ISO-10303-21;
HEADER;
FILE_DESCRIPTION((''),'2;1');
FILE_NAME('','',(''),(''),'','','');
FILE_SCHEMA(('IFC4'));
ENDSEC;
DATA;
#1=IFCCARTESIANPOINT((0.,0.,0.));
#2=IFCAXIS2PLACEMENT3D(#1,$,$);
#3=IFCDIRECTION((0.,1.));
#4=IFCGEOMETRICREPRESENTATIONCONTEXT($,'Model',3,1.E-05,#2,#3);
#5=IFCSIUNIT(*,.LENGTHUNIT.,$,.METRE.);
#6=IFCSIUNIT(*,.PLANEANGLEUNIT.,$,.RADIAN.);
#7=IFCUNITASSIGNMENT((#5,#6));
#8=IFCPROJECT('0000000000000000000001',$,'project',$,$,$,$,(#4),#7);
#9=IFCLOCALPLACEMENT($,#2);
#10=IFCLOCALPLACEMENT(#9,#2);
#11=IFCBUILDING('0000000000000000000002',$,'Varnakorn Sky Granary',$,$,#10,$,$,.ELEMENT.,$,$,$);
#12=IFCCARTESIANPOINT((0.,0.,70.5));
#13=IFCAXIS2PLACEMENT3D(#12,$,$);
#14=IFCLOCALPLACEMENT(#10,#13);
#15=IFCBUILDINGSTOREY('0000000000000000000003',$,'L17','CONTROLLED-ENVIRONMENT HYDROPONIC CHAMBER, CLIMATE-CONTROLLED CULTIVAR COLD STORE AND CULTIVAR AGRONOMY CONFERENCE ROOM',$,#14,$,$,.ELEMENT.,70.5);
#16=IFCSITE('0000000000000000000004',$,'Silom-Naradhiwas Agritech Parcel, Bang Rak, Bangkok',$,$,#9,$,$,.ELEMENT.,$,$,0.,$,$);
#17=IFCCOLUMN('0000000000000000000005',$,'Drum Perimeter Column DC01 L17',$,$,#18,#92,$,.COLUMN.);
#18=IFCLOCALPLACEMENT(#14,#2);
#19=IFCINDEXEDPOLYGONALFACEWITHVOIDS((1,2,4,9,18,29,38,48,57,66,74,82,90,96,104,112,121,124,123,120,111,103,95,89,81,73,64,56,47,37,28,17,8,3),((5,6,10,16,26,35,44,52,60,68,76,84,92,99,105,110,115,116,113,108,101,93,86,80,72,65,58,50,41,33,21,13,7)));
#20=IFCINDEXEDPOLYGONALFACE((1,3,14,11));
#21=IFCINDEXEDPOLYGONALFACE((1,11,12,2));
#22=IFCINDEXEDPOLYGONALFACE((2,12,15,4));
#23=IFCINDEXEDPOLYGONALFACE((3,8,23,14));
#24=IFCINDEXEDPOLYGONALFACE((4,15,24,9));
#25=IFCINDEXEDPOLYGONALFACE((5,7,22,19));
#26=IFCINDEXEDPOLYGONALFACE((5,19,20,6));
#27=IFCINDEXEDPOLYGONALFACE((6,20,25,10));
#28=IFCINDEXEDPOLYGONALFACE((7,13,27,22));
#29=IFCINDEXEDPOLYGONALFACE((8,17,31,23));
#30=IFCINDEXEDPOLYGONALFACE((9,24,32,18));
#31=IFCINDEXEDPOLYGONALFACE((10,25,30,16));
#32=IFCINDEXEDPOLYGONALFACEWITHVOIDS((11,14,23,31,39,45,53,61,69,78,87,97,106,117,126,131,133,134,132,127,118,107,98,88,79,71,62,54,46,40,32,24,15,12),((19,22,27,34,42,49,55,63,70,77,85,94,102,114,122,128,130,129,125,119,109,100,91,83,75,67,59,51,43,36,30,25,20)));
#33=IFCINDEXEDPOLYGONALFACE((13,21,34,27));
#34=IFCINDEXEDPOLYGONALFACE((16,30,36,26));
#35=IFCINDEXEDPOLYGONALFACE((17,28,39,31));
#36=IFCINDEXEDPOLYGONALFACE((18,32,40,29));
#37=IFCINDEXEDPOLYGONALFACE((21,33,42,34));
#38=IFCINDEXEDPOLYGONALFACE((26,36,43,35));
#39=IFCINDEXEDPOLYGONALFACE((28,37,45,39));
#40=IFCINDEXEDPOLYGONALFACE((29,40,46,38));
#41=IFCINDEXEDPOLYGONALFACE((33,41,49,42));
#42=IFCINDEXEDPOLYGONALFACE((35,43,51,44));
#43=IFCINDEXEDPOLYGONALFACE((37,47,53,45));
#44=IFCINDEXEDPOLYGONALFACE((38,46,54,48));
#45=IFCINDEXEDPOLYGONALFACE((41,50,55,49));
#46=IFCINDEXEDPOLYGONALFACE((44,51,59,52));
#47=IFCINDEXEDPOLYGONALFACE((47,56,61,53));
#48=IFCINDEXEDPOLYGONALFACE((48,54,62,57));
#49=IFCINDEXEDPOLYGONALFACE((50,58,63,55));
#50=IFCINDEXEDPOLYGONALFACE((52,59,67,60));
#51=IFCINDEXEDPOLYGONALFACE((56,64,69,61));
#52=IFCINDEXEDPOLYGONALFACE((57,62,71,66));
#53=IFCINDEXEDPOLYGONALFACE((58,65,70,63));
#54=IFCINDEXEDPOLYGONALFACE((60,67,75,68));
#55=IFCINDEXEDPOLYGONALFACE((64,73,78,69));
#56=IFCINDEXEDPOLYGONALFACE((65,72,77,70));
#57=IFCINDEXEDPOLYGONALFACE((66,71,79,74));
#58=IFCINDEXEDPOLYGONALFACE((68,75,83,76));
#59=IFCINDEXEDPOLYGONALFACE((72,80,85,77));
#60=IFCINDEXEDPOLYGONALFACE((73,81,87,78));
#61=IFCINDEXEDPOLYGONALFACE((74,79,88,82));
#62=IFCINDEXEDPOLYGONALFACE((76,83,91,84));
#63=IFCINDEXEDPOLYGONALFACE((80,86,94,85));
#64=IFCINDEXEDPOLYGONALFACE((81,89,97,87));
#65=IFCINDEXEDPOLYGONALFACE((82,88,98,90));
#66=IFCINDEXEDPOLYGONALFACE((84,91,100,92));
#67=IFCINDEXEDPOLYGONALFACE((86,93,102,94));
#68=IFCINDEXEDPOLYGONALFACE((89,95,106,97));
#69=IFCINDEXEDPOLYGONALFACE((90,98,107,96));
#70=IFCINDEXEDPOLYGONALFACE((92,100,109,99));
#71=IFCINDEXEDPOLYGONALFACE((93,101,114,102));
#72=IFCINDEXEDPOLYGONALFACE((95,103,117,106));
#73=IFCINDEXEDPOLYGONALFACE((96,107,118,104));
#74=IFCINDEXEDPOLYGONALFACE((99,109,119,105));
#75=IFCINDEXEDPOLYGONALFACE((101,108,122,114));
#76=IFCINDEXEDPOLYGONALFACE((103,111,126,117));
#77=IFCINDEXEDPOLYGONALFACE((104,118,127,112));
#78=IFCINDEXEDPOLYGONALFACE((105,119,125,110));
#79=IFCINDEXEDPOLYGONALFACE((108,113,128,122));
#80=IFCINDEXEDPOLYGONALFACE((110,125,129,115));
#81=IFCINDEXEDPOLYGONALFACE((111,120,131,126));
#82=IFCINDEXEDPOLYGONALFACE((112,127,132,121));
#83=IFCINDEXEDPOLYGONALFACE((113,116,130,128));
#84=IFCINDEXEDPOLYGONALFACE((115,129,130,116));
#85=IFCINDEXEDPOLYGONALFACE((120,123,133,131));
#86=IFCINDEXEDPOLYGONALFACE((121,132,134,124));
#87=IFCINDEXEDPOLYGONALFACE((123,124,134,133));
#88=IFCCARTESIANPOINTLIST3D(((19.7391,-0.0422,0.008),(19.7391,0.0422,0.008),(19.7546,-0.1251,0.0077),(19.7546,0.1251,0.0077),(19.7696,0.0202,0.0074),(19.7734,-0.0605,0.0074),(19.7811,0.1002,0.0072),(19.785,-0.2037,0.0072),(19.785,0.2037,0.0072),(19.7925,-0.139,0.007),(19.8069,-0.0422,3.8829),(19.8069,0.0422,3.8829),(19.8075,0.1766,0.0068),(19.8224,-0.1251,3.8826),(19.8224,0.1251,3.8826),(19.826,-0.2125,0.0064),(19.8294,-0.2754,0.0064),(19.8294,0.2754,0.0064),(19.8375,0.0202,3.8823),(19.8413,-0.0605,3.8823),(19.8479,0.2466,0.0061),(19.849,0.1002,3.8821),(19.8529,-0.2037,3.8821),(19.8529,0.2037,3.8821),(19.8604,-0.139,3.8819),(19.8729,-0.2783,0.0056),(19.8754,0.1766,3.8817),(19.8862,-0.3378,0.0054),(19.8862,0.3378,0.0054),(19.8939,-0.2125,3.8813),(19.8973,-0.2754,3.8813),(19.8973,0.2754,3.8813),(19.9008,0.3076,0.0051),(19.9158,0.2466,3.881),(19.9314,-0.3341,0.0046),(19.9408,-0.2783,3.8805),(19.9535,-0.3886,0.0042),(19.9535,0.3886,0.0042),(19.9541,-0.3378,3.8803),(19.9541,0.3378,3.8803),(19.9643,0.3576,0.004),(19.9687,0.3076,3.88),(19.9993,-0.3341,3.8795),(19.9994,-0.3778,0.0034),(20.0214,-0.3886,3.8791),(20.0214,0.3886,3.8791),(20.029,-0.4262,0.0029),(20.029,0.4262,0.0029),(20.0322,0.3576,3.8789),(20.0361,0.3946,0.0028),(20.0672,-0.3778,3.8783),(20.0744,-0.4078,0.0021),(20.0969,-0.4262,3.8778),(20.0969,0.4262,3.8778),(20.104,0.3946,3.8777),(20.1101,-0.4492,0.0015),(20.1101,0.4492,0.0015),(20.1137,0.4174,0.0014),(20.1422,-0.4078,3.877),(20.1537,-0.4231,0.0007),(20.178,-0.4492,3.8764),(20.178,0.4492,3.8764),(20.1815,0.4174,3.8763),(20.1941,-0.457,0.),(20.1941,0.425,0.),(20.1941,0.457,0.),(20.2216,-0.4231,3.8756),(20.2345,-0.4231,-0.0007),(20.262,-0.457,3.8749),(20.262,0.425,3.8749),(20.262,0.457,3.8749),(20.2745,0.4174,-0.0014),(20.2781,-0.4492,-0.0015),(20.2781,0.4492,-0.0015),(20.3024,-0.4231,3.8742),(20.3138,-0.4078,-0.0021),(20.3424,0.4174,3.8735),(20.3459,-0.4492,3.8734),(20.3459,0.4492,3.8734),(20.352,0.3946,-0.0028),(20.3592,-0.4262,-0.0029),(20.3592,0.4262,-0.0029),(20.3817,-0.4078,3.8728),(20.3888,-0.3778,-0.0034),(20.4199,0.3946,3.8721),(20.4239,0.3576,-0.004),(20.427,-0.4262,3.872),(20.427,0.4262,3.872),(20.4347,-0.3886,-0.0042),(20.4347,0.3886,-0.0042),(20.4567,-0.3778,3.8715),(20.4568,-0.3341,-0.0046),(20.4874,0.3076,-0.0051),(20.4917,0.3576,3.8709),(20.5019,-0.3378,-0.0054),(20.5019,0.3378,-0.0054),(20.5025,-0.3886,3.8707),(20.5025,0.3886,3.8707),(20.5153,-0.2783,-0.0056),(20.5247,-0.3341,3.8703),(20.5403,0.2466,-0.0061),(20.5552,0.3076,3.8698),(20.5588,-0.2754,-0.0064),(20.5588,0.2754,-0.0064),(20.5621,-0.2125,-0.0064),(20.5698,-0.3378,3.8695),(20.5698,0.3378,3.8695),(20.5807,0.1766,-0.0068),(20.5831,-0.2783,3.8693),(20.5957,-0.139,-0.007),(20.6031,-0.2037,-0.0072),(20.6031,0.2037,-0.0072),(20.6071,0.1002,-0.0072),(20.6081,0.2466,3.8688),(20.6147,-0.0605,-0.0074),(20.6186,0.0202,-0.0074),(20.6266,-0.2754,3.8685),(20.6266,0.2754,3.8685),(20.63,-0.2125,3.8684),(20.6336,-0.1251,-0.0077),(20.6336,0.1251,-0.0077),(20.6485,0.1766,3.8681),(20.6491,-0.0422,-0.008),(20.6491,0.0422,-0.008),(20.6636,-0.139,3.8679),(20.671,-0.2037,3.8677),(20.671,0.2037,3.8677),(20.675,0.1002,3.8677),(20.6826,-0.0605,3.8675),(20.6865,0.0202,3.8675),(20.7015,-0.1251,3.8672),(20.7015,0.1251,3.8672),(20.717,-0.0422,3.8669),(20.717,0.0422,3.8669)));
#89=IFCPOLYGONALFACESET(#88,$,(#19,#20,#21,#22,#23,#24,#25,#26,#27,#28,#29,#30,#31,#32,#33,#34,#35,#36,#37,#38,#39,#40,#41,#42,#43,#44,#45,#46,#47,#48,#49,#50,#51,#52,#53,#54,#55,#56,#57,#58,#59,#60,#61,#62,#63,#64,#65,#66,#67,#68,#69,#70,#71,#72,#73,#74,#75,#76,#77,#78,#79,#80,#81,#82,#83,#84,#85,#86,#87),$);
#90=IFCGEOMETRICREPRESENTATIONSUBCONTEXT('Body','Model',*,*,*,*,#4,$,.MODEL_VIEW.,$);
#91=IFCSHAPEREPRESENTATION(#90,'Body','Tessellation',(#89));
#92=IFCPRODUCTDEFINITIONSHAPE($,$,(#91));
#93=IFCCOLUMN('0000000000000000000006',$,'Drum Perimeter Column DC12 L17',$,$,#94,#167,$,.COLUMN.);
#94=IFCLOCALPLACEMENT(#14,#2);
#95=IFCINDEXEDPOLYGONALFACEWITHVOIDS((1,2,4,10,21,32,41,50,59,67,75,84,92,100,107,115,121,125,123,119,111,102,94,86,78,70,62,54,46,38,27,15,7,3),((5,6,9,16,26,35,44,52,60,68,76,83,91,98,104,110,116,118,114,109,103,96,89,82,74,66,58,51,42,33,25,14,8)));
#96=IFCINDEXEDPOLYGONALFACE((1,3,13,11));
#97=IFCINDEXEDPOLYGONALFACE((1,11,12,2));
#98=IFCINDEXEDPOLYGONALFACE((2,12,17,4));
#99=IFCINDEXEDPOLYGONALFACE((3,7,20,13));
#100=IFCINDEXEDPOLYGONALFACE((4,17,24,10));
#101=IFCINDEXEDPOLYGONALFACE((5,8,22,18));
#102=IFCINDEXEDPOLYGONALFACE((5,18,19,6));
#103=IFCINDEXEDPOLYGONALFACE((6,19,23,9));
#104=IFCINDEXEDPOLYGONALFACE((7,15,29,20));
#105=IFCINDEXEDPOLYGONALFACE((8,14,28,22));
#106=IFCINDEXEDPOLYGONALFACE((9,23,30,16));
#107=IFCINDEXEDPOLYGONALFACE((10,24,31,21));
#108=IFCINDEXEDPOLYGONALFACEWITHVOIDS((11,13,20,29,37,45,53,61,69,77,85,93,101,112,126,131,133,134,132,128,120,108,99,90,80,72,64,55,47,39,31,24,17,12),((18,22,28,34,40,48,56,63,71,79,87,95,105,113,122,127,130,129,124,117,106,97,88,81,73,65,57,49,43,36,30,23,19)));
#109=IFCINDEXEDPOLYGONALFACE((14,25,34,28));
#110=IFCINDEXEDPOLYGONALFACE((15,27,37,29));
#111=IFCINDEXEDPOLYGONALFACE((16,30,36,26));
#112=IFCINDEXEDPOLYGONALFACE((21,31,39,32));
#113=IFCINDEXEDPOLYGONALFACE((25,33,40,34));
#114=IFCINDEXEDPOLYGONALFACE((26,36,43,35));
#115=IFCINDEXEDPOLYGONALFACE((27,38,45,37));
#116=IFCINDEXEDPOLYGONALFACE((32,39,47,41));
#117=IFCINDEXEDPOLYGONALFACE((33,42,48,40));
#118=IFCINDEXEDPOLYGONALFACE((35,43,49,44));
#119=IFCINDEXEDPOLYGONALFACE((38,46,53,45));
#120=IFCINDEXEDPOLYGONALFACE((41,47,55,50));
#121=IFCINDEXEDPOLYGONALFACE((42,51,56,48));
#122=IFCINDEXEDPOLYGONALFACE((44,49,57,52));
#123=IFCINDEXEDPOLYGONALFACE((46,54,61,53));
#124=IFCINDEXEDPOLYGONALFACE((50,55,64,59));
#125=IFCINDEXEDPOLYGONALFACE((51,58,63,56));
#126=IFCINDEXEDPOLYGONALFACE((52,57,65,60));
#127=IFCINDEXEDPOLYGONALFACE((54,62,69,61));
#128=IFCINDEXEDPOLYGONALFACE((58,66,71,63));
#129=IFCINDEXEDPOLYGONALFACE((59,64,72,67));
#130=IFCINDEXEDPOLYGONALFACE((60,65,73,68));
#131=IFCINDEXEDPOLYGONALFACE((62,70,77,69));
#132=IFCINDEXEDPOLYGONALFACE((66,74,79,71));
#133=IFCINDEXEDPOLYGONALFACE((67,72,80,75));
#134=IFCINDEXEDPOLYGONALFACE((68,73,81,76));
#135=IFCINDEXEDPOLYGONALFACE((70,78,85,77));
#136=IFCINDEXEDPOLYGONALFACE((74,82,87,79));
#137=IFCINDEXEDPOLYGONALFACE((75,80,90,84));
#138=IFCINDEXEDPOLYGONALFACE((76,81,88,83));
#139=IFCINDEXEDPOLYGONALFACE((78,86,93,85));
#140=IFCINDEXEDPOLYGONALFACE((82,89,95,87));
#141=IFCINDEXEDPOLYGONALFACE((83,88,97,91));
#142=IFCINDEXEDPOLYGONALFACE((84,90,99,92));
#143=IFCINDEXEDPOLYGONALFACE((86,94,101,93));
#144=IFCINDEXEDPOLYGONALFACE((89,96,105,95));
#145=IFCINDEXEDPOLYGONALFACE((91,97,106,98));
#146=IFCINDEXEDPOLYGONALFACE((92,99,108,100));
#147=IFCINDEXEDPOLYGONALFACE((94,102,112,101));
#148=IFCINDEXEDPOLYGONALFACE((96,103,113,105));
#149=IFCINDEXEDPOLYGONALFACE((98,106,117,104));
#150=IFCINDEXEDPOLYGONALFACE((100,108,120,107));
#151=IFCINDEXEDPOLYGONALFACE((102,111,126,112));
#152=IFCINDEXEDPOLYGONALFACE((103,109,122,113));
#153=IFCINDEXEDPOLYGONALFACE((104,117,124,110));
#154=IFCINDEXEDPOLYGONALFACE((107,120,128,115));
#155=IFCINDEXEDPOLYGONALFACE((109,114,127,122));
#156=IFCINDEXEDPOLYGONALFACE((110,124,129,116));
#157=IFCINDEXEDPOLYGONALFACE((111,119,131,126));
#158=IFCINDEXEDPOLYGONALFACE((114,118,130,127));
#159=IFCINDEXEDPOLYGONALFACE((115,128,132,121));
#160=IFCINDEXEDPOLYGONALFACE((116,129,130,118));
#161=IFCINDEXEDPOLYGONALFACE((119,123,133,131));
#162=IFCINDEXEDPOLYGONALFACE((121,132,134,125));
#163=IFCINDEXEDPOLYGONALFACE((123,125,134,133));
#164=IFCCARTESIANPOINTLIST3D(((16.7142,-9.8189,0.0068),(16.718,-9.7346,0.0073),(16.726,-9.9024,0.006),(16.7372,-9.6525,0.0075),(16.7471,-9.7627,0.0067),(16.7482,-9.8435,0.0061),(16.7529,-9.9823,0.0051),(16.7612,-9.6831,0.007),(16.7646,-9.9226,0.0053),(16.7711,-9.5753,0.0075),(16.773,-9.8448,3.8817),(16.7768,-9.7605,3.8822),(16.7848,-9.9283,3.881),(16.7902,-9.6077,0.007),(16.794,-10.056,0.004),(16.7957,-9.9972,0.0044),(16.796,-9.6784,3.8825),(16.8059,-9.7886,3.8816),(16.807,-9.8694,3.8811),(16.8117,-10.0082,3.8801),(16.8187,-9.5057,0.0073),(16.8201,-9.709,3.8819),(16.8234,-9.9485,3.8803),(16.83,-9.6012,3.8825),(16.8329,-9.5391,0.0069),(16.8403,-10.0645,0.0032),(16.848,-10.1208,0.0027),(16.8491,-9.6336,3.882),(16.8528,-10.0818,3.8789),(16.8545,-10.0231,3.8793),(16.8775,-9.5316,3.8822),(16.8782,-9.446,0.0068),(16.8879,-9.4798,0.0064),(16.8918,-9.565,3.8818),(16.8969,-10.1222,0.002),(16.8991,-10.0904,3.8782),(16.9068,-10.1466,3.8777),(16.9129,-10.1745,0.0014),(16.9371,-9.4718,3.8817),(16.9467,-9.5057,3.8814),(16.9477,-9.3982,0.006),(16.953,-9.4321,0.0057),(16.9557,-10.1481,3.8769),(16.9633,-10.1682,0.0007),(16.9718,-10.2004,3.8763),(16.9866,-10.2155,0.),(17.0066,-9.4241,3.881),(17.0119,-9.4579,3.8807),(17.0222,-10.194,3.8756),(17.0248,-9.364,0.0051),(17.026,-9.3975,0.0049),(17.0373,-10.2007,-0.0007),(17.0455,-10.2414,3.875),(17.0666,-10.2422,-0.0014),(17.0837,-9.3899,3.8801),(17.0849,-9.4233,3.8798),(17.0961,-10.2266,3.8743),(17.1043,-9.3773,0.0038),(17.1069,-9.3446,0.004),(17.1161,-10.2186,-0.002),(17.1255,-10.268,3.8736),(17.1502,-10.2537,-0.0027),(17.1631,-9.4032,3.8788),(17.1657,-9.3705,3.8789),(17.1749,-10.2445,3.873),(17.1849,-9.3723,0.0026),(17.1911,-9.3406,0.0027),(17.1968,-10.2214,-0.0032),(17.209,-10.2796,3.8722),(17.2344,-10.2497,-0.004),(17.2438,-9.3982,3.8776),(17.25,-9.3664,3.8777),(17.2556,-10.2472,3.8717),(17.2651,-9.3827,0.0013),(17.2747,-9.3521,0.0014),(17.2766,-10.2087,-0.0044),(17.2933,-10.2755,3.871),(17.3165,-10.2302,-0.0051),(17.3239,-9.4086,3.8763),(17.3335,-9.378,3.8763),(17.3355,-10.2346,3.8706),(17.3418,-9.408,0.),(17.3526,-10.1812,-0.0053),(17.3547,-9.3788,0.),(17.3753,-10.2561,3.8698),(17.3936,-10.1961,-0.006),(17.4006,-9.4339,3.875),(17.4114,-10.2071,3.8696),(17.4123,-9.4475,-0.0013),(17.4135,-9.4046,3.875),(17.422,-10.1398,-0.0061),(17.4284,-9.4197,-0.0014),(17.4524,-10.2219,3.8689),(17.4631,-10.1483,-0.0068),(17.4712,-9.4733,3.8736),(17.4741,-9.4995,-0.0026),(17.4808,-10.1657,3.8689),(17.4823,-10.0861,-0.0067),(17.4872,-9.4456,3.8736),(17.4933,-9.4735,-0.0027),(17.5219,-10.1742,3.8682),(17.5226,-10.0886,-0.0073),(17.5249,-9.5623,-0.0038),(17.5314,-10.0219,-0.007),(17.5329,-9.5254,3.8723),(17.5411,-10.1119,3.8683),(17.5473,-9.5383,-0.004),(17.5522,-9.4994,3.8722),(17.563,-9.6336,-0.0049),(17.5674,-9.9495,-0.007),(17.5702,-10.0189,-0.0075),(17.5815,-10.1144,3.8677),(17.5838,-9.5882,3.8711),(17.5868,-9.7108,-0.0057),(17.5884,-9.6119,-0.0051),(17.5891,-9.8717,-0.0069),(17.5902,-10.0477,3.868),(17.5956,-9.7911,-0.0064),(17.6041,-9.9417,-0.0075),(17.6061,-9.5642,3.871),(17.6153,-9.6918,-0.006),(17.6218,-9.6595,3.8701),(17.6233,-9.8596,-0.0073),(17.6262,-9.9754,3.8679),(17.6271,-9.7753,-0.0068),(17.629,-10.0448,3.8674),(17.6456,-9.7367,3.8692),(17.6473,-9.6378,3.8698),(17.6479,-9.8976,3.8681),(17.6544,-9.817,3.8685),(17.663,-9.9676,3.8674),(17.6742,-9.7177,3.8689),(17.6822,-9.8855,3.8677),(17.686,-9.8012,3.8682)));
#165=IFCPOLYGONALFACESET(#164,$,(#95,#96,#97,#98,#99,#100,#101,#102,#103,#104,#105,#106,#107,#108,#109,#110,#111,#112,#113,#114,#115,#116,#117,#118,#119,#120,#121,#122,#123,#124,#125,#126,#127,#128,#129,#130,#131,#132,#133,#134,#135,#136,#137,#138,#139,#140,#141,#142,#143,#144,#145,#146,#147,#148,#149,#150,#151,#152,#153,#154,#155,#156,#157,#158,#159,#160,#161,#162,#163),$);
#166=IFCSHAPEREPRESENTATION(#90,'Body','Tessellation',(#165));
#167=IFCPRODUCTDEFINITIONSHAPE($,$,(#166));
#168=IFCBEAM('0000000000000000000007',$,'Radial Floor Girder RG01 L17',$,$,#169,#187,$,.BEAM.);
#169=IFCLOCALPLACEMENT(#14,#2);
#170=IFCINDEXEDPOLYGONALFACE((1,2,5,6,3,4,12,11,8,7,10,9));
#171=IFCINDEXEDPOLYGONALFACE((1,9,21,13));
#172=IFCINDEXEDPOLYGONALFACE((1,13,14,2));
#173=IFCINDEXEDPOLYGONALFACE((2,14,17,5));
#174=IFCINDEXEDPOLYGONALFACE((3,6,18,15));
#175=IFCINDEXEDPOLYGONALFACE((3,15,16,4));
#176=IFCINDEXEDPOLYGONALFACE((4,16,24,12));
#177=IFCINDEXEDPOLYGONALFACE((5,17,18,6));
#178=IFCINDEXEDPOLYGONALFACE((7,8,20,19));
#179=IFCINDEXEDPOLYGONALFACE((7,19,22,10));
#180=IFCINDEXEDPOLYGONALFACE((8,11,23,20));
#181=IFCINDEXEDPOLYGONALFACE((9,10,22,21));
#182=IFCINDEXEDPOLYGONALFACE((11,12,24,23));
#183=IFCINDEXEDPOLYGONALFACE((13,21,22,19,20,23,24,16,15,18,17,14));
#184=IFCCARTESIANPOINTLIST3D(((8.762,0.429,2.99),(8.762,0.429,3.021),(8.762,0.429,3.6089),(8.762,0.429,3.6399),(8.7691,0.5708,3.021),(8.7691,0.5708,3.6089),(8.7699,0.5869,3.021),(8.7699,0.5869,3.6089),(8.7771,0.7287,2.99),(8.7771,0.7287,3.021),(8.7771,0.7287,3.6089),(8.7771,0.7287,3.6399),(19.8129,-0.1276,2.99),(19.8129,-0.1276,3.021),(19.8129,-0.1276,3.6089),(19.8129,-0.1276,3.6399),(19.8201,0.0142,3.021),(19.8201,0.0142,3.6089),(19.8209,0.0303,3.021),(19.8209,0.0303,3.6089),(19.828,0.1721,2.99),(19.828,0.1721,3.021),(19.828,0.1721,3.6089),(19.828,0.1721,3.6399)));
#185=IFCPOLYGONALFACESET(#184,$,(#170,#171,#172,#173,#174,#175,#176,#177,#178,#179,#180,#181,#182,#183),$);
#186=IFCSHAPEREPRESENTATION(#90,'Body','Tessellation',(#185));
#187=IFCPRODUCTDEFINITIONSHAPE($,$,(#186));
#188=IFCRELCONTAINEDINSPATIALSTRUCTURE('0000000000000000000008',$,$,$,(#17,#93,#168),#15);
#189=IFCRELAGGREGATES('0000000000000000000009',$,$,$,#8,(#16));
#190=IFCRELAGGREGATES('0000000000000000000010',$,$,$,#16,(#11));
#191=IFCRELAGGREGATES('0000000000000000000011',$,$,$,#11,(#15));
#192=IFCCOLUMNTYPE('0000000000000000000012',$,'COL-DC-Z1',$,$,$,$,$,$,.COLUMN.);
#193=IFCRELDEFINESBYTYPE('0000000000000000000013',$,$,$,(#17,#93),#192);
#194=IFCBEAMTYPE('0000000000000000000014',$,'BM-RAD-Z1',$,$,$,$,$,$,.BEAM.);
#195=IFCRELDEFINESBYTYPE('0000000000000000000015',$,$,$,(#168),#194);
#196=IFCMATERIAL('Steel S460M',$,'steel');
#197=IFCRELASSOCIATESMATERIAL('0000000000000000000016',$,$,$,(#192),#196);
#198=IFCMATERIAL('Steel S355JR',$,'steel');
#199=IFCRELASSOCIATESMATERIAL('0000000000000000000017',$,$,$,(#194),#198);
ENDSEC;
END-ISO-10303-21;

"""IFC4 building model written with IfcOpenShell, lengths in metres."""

from ifc_helpers import new_model, si_unit, direction, frame, origin, origin_2d, place, context, subcontext, project, spatial, hollow_circle, i_section, extrude, material, material_profile, profile_set, type_object, element, save


model = new_model("IFC4")

# Units and contexts
model_context = context("Model", 3, precision=1e-05, world=origin(), true_north=direction((0.0, 1.0)))
body_context = subcontext(model_context, "Body", "Model", "MODEL_VIEW")
ifc_project = project(units=[si_unit("LENGTHUNIT", "METRE"), si_unit("PLANEANGLEUNIT", "RADIAN")], contexts=[model_context])

# Site, building, storey
site_placement = place(None, origin())
site = spatial("IfcSite", under=ifc_project, at=site_placement, Name="Silom-Naradhiwas Agritech Parcel, Bang Rak, Bangkok", CompositionType="ELEMENT", RefElevation=0.0)
building_placement = place(site_placement, origin())
building = spatial("IfcBuilding", under=site, at=building_placement, Name="Varnakorn Sky Granary", CompositionType="ELEMENT")
storey_placement = place(building_placement, frame((0.0, 0.0, 70.5)))
storey = spatial("IfcBuildingStorey", under=building, at=storey_placement, Name="L17", Description="CONTROLLED-ENVIRONMENT HYDROPONIC CHAMBER, CLIMATE-CONTROLLED CULTIVAR COLD STORE AND CULTIVAR AGRONOMY CONFERENCE ROOM", CompositionType="ELEMENT", Elevation=70.5)

# Columns
ifc_material_1 = material(Name="Steel S460M", Category="steel")
ifc_material_profile_1 = material_profile(ifc_material_1, hollow_circle(Radius=0.457, WallThickness=0.032, at=origin_2d()), Name="CHS 914x32")
ifc_profile_set_1 = profile_set([ifc_material_profile_1], Name="Steel S460M")
column_type = type_object("IfcColumnType", Name="COL-DC-Z1", PredefinedType="COLUMN", material=ifc_profile_set_1)
for number, where, z_axis, x_axis, name in (
    (1, (20.1941, 0.0, 0.0), (0.017512, 0.0, 0.999847), (0.0, 1.0, 0.0), "Drum Perimeter Column DC01 L17"),
    (2, (17.1707, -9.7971, 0.0), (0.015182, -0.006678, 0.999862), (0.402611, 0.915371, 0.0), "Drum Perimeter Column DC12 L17"),
):
    element("IfcColumn", number, at=place(storey_placement, frame(where, z_axis=z_axis, x_axis=x_axis)), inside=storey, type_object=column_type, Name=name, PredefinedType="COLUMN", context=body_context, shape_type="SweptSolid", body=[
        extrude(hollow_circle(Radius=0.457, WallThickness=0.032, at=origin_2d()), origin(), (0.0, 0.0, 1.0), 3.8755),
    ])

# Beam
ifc_material_2 = material(Name="Steel S355JR", Category="steel")
ifc_material_profile_2 = material_profile(ifc_material_2, i_section(OverallWidth=0.3, OverallDepth=0.6499, WebThickness=0.0161, FlangeThickness=0.031, at=origin_2d()), Name="HE 650 B")
ifc_profile_set_2 = profile_set([ifc_material_profile_2], Name="Steel S355JR")
beam_type_1 = type_object("IfcBeamType", Name="BM-RAD-Z1", PredefinedType="BEAM", material=ifc_profile_set_2)
beam_1_placement = place(storey_placement, frame((8.7695, 0.5789, 3.3149), z_axis=(0.998734, -0.050306, 0.0), x_axis=(0.050306, 0.998734, 0.0)))
element("IfcBeam", 3, at=beam_1_placement, inside=storey, type_object=beam_type_1, Name="Radial Floor Girder RG01 L17", PredefinedType="BEAM", context=body_context, shape_type="SweptSolid", body=[
    extrude(i_section(OverallWidth=0.3, OverallDepth=0.6499, WebThickness=0.0161, FlangeThickness=0.031, at=origin_2d()), origin(), (0.0, 0.0, 1.0), 11.0649),
])

save(model, "model.ifc")
